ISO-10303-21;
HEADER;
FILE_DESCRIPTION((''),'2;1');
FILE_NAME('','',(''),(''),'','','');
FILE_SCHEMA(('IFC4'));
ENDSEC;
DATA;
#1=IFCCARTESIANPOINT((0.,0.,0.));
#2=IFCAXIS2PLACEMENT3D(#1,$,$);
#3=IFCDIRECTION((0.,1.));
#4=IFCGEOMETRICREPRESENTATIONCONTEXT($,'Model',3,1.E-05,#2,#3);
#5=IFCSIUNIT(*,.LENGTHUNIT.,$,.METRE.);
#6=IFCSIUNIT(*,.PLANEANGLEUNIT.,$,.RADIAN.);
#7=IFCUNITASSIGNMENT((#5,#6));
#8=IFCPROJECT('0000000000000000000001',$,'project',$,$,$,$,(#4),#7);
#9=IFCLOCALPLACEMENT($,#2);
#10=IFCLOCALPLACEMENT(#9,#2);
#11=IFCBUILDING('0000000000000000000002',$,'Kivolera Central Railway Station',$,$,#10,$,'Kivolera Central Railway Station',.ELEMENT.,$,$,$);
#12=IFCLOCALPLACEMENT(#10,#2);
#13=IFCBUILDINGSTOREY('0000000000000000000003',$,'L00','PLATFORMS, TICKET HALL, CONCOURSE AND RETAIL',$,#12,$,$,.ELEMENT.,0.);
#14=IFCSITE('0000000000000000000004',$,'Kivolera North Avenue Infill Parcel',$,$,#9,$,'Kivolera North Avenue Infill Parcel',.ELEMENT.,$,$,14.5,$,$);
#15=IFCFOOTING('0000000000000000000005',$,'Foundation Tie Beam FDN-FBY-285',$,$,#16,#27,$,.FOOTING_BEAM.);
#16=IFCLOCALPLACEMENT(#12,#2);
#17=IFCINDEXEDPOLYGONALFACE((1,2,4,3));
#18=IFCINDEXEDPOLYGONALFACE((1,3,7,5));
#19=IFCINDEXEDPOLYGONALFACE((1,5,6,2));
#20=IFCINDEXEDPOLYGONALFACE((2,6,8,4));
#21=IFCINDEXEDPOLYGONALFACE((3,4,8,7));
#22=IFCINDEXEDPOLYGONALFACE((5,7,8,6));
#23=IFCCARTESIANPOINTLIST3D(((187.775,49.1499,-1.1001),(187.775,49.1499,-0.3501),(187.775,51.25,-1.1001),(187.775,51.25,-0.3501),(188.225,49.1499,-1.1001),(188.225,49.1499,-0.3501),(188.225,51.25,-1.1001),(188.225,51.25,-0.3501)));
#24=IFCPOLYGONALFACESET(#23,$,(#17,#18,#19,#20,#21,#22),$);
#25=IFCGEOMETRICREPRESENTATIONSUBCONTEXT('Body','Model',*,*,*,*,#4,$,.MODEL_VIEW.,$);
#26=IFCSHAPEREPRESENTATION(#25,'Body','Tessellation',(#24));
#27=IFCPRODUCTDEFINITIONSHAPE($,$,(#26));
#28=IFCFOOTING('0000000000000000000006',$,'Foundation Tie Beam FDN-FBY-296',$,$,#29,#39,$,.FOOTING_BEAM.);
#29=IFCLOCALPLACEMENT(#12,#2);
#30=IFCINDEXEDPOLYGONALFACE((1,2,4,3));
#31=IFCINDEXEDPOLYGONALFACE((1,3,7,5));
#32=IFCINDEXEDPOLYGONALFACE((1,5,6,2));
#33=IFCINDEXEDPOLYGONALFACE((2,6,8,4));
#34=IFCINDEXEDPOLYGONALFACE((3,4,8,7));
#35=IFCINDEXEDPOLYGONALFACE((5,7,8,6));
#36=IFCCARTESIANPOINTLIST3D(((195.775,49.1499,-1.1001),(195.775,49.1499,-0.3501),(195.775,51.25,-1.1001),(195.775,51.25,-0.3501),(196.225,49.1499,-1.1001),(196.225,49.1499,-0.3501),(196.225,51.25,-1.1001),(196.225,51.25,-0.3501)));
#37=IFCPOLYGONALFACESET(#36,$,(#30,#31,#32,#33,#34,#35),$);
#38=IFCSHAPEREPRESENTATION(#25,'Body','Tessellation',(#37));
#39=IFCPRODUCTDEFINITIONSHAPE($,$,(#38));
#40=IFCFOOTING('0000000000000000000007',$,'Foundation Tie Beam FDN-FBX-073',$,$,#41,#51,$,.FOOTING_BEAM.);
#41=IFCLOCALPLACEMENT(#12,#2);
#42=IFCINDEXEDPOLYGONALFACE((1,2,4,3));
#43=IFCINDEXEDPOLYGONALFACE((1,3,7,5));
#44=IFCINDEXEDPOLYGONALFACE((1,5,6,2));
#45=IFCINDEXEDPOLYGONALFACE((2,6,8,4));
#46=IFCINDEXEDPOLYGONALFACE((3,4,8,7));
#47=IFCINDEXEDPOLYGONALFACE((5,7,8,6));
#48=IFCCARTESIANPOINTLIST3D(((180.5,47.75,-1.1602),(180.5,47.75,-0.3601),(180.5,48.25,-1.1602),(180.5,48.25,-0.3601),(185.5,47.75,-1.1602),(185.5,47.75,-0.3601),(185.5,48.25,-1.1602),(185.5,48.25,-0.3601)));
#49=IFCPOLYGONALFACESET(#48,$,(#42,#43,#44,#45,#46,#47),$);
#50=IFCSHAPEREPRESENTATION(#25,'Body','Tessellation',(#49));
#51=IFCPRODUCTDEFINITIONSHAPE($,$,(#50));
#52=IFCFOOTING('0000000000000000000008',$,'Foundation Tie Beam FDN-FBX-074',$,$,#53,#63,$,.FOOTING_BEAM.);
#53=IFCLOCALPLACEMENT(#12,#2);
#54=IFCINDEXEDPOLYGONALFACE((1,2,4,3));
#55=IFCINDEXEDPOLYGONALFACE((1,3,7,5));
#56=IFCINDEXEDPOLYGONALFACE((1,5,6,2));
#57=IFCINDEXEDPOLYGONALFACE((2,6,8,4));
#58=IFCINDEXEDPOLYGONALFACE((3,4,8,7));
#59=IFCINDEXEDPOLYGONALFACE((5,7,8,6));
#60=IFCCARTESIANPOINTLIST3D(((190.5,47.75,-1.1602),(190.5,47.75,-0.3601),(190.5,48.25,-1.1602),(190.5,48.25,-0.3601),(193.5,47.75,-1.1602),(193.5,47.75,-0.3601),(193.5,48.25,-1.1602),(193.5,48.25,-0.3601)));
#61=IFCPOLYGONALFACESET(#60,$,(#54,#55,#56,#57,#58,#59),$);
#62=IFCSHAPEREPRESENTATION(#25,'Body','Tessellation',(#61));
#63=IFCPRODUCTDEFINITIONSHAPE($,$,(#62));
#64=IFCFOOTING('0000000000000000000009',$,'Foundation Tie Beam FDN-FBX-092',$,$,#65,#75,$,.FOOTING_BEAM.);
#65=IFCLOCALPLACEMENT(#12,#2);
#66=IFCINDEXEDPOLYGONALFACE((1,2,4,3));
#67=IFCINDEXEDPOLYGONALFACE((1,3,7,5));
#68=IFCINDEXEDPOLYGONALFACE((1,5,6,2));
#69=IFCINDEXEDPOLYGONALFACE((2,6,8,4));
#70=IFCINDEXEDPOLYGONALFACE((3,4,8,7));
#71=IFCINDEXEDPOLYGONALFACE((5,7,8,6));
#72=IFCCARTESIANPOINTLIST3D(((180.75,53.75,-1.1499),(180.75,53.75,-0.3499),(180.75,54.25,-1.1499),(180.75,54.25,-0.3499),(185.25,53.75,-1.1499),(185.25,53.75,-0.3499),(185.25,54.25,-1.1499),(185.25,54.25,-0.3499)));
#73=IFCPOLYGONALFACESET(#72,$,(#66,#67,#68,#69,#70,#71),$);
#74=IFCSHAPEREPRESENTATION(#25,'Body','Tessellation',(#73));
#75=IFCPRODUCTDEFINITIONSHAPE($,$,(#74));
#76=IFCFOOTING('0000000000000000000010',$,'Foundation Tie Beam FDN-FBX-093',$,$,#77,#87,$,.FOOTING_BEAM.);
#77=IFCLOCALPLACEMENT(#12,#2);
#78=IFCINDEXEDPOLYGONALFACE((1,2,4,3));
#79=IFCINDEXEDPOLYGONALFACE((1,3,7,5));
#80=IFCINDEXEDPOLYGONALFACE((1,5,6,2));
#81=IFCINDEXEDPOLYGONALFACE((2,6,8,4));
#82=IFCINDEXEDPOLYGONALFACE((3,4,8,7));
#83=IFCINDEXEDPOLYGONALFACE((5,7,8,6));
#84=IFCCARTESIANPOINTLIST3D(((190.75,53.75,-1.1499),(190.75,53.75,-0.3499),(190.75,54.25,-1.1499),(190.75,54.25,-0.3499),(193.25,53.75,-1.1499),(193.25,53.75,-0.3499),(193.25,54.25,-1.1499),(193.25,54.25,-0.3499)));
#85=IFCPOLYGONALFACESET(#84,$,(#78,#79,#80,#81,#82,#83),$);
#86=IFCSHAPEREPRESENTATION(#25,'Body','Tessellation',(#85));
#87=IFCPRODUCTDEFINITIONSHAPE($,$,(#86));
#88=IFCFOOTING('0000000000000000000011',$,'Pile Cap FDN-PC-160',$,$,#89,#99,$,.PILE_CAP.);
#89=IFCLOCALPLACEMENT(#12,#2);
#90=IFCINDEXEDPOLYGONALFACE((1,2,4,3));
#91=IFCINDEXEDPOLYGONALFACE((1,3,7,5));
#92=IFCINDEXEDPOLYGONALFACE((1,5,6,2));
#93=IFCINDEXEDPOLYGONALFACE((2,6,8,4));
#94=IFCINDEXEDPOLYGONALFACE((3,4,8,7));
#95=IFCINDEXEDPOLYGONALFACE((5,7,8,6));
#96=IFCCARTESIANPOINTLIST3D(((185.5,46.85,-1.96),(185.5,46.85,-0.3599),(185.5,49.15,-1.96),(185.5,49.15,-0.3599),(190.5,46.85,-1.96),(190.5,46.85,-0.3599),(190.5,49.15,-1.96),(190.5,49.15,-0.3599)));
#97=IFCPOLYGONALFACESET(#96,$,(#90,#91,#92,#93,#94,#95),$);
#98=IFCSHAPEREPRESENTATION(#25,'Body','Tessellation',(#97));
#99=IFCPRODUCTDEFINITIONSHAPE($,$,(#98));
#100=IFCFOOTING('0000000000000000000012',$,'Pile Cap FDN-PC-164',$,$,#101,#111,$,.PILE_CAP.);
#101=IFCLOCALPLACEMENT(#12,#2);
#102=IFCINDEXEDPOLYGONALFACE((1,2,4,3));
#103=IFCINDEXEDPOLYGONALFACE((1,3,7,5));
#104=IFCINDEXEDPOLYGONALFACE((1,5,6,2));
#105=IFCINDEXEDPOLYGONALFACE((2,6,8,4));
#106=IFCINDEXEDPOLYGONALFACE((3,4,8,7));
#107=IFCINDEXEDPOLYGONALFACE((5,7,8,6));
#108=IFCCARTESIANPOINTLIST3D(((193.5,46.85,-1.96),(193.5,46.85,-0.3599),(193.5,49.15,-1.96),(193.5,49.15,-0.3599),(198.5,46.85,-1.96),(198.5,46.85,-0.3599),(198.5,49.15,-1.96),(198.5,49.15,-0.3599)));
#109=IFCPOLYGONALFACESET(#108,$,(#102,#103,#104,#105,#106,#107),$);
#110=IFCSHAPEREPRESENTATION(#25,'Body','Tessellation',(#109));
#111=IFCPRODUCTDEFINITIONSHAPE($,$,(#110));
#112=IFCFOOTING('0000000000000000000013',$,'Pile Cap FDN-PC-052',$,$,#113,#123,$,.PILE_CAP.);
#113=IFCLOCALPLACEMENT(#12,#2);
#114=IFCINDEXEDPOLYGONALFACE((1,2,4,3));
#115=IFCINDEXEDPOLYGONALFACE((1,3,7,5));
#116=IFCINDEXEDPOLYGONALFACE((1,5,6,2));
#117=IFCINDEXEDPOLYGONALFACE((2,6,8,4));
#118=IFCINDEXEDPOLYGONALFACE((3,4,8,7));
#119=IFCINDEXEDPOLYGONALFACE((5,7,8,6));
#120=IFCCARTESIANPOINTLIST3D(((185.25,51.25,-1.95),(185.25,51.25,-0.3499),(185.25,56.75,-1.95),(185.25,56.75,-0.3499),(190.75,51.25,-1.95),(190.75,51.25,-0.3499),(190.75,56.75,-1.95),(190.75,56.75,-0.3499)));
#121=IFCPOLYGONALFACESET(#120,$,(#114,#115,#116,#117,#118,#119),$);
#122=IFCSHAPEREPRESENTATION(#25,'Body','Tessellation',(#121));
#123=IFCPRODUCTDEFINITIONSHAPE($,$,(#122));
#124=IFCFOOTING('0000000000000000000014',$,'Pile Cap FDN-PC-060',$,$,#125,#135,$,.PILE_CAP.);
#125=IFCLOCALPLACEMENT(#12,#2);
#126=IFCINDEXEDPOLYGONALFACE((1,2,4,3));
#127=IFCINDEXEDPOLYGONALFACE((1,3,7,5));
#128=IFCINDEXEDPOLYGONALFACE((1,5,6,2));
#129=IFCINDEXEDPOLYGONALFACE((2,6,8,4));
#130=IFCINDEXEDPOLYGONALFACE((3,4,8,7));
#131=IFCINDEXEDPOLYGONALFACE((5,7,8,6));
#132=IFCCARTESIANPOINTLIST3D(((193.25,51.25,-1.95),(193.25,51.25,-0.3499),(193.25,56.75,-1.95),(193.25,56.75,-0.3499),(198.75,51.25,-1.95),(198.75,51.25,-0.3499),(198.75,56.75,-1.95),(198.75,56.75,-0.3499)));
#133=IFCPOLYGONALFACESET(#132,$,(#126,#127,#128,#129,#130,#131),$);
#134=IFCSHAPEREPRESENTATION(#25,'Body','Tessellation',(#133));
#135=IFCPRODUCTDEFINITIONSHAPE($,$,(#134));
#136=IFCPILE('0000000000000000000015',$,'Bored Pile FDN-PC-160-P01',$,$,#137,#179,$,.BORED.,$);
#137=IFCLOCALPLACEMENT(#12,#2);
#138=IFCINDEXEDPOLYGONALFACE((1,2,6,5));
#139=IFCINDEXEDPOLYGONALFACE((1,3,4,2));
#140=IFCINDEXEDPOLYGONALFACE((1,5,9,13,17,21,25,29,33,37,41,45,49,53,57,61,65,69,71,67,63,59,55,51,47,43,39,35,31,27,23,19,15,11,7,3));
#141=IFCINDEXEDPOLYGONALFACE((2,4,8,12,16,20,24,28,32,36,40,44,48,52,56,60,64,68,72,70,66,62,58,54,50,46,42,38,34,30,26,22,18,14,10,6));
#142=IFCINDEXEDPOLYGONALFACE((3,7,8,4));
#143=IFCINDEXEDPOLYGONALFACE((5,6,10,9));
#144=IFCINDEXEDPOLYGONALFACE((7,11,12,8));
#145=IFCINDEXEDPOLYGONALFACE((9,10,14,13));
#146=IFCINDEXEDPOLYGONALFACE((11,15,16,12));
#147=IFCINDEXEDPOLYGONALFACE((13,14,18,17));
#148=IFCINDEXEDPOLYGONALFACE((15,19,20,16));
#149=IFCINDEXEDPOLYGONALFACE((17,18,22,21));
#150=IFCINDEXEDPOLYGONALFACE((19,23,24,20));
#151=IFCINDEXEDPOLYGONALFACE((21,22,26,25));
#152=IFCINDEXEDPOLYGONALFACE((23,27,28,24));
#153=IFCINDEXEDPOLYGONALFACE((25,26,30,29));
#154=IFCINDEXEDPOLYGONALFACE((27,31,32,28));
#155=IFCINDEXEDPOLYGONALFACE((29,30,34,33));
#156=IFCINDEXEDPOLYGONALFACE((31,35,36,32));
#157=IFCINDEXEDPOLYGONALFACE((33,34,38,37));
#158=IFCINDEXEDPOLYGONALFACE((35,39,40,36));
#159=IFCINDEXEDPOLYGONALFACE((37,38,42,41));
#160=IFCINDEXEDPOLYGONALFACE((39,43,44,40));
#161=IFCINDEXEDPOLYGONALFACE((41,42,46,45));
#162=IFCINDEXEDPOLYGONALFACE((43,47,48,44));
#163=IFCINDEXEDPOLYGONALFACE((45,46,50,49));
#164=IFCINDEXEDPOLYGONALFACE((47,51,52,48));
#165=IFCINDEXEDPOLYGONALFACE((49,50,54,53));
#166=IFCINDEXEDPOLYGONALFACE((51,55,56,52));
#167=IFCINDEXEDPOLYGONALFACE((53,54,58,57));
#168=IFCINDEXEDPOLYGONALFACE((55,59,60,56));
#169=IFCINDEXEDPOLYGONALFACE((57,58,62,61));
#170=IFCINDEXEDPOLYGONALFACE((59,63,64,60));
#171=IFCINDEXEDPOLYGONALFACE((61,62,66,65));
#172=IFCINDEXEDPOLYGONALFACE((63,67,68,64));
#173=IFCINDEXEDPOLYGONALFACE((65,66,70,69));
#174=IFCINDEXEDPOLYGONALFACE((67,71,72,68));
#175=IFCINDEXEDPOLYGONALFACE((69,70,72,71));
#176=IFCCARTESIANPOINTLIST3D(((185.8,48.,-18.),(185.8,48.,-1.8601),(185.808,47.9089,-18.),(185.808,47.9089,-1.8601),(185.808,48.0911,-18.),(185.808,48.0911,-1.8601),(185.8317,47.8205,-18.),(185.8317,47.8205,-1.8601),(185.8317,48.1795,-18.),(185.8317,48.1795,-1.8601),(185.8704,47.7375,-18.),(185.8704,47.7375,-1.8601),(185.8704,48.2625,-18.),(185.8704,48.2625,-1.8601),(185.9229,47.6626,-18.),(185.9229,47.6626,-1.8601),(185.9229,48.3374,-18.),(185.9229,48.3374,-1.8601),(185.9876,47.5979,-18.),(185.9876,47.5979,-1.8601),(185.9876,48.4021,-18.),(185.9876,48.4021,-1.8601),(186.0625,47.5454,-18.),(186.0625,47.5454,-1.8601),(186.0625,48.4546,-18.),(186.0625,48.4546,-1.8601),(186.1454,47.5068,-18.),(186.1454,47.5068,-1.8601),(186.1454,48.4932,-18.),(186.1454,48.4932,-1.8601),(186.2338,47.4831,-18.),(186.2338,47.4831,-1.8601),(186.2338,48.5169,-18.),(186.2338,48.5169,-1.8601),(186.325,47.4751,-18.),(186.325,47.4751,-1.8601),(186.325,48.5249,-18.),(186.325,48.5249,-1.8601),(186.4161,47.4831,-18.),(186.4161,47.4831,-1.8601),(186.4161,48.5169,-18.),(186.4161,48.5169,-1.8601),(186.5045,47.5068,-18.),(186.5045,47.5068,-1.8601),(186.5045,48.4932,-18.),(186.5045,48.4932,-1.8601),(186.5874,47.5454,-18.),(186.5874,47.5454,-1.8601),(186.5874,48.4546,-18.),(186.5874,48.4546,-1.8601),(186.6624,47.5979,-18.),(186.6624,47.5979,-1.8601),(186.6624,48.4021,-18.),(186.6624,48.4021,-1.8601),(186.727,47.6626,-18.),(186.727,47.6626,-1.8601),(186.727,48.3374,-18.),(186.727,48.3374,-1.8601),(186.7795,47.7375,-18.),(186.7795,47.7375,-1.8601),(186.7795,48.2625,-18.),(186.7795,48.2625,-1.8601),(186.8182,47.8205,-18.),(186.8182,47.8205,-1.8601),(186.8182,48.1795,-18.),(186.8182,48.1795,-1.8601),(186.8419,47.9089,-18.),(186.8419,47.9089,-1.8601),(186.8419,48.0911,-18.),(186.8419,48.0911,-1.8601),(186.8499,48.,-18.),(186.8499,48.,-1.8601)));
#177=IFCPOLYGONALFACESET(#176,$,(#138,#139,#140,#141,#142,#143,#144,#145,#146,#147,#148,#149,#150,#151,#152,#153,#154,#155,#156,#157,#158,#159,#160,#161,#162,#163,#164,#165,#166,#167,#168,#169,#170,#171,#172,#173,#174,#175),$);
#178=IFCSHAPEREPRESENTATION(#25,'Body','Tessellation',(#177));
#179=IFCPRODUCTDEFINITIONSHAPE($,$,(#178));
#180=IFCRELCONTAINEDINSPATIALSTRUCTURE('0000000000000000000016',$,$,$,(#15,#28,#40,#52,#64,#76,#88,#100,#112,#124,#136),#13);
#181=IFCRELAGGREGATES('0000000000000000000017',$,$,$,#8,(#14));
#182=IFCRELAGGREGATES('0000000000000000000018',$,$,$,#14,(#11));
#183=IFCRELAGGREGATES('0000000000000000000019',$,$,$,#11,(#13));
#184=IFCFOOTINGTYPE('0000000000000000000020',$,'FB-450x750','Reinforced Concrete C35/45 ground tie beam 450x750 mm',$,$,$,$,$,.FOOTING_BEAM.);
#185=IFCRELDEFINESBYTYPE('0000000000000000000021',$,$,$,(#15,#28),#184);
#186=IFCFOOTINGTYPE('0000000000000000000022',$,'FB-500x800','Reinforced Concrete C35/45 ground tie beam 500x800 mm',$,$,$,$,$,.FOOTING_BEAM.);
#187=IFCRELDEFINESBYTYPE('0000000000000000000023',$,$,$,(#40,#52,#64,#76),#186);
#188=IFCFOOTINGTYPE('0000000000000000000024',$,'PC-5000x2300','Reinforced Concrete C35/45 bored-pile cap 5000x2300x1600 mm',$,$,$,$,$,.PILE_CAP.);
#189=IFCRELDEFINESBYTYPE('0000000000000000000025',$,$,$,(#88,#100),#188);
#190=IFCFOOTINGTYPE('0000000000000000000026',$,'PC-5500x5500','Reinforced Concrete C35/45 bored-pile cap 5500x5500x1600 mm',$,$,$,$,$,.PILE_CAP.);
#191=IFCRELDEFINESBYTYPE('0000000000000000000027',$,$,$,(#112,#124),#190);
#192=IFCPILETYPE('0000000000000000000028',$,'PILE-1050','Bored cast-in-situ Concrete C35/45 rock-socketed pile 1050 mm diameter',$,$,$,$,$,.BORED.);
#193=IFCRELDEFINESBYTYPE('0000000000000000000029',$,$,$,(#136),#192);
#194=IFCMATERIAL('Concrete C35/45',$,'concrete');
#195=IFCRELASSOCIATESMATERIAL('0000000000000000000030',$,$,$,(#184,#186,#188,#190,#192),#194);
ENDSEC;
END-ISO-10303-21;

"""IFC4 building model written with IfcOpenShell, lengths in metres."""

from ifc_helpers import new_model, si_unit, direction, frame, origin, origin_2d, place, context, subcontext, project, spatial, rectangle, circle, extrude, material, material_profile, profile_set, type_object, element, save


model = new_model("IFC4")

# Units and contexts
model_context = context("Model", 3, precision=1e-05, world=origin(), true_north=direction((0.0, 1.0)))
body_context = subcontext(model_context, "Body", "Model", "MODEL_VIEW")
ifc_project = project(units=[si_unit("LENGTHUNIT", "METRE"), si_unit("PLANEANGLEUNIT", "RADIAN")], contexts=[model_context])

# Site, building, storey
site_placement = place(None, origin())
site = spatial("IfcSite", under=ifc_project, at=site_placement, Name="Kivolera North Avenue Infill Parcel", LongName="Kivolera North Avenue Infill Parcel", CompositionType="ELEMENT", RefElevation=14.5)
building_placement = place(site_placement, origin())
building = spatial("IfcBuilding", under=site, at=building_placement, Name="Kivolera Central Railway Station", LongName="Kivolera Central Railway Station", CompositionType="ELEMENT")
storey_placement = place(building_placement, origin())
storey = spatial("IfcBuildingStorey", under=building, at=storey_placement, Name="L00", Description="PLATFORMS, TICKET HALL, CONCOURSE AND RETAIL", CompositionType="ELEMENT", Elevation=0.0)

# Footings
ifc_material_1 = material(Name="Concrete C35/45", Category="concrete")
footing_type_1 = type_object("IfcFootingType", Name="FB-450x750", Description="Reinforced Concrete C35/45 ground tie beam 450x750 mm", PredefinedType="FOOTING_BEAM", material=ifc_material_1)
for number, where, z_axis, x_axis, name in (
    (1, (188.0, 50.2, -1.1001), (0.0, 0.0, 1.0), (1.0, 0.0, 0.0), "Foundation Tie Beam FDN-FBY-285"),
    (2, (196.0, 50.2, -1.1001), (0.0, 0.0, 1.0), (1.0, 0.0, 0.0), "Foundation Tie Beam FDN-FBY-296"),
):
    element("IfcFooting", number, at=place(storey_placement, frame(where, z_axis=z_axis, x_axis=x_axis)), inside=storey, type_object=footing_type_1, Name=name, PredefinedType="FOOTING_BEAM", context=body_context, shape_type="SweptSolid", body=[
        extrude(rectangle(XDim=0.45, YDim=2.1001, at=origin_2d()), origin(), (0.0, 0.0, 1.0), 0.75),
    ])
footing_type_2 = type_object("IfcFootingType", Name="FB-500x800", Description="Reinforced Concrete C35/45 ground tie beam 500x800 mm", PredefinedType="FOOTING_BEAM", material=ifc_material_1)
footing_1_placement = place(storey_placement, frame((183.0, 48.0, -1.1602), z_axis=(0.0, 0.0, 1.0), x_axis=(1.0, 0.0, 0.0)))
element("IfcFooting", 3, at=footing_1_placement, inside=storey, type_object=footing_type_2, Name="Foundation Tie Beam FDN-FBX-073", PredefinedType="FOOTING_BEAM", context=body_context, shape_type="SweptSolid", body=[
    extrude(rectangle(XDim=5.0, YDim=0.5, at=origin_2d()), origin(), (0.0, 0.0, 1.0), 0.8),
])
footing_2_placement = place(storey_placement, frame((192.0, 48.0, -1.1602), z_axis=(0.0, 0.0, 1.0), x_axis=(1.0, 0.0, 0.0)))
element("IfcFooting", 4, at=footing_2_placement, inside=storey, type_object=footing_type_2, Name="Foundation Tie Beam FDN-FBX-074", PredefinedType="FOOTING_BEAM", context=body_context, shape_type="SweptSolid", body=[
    extrude(rectangle(XDim=3.0, YDim=0.5, at=origin_2d()), origin(), (0.0, 0.0, 1.0), 0.8),
])
footing_3_placement = place(storey_placement, frame((183.0, 54.0, -1.1499), z_axis=(0.0, 0.0, 1.0), x_axis=(1.0, 0.0, 0.0)))
element("IfcFooting", 5, at=footing_3_placement, inside=storey, type_object=footing_type_2, Name="Foundation Tie Beam FDN-FBX-092", PredefinedType="FOOTING_BEAM", context=body_context, shape_type="SweptSolid", body=[
    extrude(rectangle(XDim=4.5, YDim=0.5, at=origin_2d()), origin(), (0.0, 0.0, 1.0), 0.8),
])
footing_4_placement = place(storey_placement, frame((192.0, 54.0, -1.1499), z_axis=(0.0, 0.0, 1.0), x_axis=(1.0, 0.0, 0.0)))
element("IfcFooting", 6, at=footing_4_placement, inside=storey, type_object=footing_type_2, Name="Foundation Tie Beam FDN-FBX-093", PredefinedType="FOOTING_BEAM", context=body_context, shape_type="SweptSolid", body=[
    extrude(rectangle(XDim=2.5, YDim=0.5, at=origin_2d()), origin(), (0.0, 0.0, 1.0), 0.8),
])
footing_type_3 = type_object("IfcFootingType", Name="PC-5000x2300", Description="Reinforced Concrete C35/45 bored-pile cap 5000x2300x1600 mm", PredefinedType="PILE_CAP", material=ifc_material_1)
for number, where, z_axis, x_axis, name in (
    (7, (188.0, 48.0, -1.96), (0.0, 0.0, 1.0), (1.0, 0.0, 0.0), "Pile Cap FDN-PC-160"),
    (8, (196.0, 48.0, -1.96), (0.0, 0.0, 1.0), (1.0, 0.0, 0.0), "Pile Cap FDN-PC-164"),
):
    element("IfcFooting", number, at=place(storey_placement, frame(where, z_axis=z_axis, x_axis=x_axis)), inside=storey, type_object=footing_type_3, Name=name, PredefinedType="PILE_CAP", context=body_context, shape_type="SweptSolid", body=[
        extrude(rectangle(XDim=5.0, YDim=2.3, at=origin_2d()), origin(), (0.0, 0.0, 1.0), 1.6001),
    ])
footing_type_4 = type_object("IfcFootingType", Name="PC-5500x5500", Description="Reinforced Concrete C35/45 bored-pile cap 5500x5500x1600 mm", PredefinedType="PILE_CAP", material=ifc_material_1)
for number, where, z_axis, x_axis, name in (
    (9, (188.0, 54.0, -1.95), (0.0, 0.0, 1.0), (1.0, 0.0, 0.0), "Pile Cap FDN-PC-052"),
    (10, (196.0, 54.0, -1.95), (0.0, 0.0, 1.0), (1.0, 0.0, 0.0), "Pile Cap FDN-PC-060"),
):
    element("IfcFooting", number, at=place(storey_placement, frame(where, z_axis=z_axis, x_axis=x_axis)), inside=storey, type_object=footing_type_4, Name=name, PredefinedType="PILE_CAP", context=body_context, shape_type="SweptSolid", body=[
        extrude(rectangle(XDim=5.5, YDim=5.5, at=origin_2d()), origin(), (0.0, 0.0, 1.0), 1.6001),
    ])

# Pile
ifc_material_profile_1 = material_profile(ifc_material_1, circle(Radius=0.5249, at=origin_2d()), Name="PILE D1050")
ifc_profile_set_1 = profile_set([ifc_material_profile_1], Name="Concrete C35/45")
pile_type_1 = type_object("IfcPileType", Name="PILE-1050", Description="Bored cast-in-situ Concrete C35/45 rock-socketed pile 1050 mm diameter", PredefinedType="BORED", material=ifc_profile_set_1)
for number, where, z_axis, x_axis, name in (
    (11, (186.325, 48.0, -1.8601), (0.0, 0.0, -1.0), (1.0, 0.0, 0.0), "Bored Pile FDN-PC-160-P01"),
):
    element("IfcPile", number, at=place(storey_placement, frame(where, z_axis=z_axis, x_axis=x_axis)), inside=storey, type_object=pile_type_1, Name=name, PredefinedType="BORED", context=body_context, shape_type="SweptSolid", body=[
        extrude(circle(Radius=0.5249, at=origin_2d()), origin(), (0.0, 0.0, 1.0), 16.1399),
    ])

save(model, "model.ifc")
